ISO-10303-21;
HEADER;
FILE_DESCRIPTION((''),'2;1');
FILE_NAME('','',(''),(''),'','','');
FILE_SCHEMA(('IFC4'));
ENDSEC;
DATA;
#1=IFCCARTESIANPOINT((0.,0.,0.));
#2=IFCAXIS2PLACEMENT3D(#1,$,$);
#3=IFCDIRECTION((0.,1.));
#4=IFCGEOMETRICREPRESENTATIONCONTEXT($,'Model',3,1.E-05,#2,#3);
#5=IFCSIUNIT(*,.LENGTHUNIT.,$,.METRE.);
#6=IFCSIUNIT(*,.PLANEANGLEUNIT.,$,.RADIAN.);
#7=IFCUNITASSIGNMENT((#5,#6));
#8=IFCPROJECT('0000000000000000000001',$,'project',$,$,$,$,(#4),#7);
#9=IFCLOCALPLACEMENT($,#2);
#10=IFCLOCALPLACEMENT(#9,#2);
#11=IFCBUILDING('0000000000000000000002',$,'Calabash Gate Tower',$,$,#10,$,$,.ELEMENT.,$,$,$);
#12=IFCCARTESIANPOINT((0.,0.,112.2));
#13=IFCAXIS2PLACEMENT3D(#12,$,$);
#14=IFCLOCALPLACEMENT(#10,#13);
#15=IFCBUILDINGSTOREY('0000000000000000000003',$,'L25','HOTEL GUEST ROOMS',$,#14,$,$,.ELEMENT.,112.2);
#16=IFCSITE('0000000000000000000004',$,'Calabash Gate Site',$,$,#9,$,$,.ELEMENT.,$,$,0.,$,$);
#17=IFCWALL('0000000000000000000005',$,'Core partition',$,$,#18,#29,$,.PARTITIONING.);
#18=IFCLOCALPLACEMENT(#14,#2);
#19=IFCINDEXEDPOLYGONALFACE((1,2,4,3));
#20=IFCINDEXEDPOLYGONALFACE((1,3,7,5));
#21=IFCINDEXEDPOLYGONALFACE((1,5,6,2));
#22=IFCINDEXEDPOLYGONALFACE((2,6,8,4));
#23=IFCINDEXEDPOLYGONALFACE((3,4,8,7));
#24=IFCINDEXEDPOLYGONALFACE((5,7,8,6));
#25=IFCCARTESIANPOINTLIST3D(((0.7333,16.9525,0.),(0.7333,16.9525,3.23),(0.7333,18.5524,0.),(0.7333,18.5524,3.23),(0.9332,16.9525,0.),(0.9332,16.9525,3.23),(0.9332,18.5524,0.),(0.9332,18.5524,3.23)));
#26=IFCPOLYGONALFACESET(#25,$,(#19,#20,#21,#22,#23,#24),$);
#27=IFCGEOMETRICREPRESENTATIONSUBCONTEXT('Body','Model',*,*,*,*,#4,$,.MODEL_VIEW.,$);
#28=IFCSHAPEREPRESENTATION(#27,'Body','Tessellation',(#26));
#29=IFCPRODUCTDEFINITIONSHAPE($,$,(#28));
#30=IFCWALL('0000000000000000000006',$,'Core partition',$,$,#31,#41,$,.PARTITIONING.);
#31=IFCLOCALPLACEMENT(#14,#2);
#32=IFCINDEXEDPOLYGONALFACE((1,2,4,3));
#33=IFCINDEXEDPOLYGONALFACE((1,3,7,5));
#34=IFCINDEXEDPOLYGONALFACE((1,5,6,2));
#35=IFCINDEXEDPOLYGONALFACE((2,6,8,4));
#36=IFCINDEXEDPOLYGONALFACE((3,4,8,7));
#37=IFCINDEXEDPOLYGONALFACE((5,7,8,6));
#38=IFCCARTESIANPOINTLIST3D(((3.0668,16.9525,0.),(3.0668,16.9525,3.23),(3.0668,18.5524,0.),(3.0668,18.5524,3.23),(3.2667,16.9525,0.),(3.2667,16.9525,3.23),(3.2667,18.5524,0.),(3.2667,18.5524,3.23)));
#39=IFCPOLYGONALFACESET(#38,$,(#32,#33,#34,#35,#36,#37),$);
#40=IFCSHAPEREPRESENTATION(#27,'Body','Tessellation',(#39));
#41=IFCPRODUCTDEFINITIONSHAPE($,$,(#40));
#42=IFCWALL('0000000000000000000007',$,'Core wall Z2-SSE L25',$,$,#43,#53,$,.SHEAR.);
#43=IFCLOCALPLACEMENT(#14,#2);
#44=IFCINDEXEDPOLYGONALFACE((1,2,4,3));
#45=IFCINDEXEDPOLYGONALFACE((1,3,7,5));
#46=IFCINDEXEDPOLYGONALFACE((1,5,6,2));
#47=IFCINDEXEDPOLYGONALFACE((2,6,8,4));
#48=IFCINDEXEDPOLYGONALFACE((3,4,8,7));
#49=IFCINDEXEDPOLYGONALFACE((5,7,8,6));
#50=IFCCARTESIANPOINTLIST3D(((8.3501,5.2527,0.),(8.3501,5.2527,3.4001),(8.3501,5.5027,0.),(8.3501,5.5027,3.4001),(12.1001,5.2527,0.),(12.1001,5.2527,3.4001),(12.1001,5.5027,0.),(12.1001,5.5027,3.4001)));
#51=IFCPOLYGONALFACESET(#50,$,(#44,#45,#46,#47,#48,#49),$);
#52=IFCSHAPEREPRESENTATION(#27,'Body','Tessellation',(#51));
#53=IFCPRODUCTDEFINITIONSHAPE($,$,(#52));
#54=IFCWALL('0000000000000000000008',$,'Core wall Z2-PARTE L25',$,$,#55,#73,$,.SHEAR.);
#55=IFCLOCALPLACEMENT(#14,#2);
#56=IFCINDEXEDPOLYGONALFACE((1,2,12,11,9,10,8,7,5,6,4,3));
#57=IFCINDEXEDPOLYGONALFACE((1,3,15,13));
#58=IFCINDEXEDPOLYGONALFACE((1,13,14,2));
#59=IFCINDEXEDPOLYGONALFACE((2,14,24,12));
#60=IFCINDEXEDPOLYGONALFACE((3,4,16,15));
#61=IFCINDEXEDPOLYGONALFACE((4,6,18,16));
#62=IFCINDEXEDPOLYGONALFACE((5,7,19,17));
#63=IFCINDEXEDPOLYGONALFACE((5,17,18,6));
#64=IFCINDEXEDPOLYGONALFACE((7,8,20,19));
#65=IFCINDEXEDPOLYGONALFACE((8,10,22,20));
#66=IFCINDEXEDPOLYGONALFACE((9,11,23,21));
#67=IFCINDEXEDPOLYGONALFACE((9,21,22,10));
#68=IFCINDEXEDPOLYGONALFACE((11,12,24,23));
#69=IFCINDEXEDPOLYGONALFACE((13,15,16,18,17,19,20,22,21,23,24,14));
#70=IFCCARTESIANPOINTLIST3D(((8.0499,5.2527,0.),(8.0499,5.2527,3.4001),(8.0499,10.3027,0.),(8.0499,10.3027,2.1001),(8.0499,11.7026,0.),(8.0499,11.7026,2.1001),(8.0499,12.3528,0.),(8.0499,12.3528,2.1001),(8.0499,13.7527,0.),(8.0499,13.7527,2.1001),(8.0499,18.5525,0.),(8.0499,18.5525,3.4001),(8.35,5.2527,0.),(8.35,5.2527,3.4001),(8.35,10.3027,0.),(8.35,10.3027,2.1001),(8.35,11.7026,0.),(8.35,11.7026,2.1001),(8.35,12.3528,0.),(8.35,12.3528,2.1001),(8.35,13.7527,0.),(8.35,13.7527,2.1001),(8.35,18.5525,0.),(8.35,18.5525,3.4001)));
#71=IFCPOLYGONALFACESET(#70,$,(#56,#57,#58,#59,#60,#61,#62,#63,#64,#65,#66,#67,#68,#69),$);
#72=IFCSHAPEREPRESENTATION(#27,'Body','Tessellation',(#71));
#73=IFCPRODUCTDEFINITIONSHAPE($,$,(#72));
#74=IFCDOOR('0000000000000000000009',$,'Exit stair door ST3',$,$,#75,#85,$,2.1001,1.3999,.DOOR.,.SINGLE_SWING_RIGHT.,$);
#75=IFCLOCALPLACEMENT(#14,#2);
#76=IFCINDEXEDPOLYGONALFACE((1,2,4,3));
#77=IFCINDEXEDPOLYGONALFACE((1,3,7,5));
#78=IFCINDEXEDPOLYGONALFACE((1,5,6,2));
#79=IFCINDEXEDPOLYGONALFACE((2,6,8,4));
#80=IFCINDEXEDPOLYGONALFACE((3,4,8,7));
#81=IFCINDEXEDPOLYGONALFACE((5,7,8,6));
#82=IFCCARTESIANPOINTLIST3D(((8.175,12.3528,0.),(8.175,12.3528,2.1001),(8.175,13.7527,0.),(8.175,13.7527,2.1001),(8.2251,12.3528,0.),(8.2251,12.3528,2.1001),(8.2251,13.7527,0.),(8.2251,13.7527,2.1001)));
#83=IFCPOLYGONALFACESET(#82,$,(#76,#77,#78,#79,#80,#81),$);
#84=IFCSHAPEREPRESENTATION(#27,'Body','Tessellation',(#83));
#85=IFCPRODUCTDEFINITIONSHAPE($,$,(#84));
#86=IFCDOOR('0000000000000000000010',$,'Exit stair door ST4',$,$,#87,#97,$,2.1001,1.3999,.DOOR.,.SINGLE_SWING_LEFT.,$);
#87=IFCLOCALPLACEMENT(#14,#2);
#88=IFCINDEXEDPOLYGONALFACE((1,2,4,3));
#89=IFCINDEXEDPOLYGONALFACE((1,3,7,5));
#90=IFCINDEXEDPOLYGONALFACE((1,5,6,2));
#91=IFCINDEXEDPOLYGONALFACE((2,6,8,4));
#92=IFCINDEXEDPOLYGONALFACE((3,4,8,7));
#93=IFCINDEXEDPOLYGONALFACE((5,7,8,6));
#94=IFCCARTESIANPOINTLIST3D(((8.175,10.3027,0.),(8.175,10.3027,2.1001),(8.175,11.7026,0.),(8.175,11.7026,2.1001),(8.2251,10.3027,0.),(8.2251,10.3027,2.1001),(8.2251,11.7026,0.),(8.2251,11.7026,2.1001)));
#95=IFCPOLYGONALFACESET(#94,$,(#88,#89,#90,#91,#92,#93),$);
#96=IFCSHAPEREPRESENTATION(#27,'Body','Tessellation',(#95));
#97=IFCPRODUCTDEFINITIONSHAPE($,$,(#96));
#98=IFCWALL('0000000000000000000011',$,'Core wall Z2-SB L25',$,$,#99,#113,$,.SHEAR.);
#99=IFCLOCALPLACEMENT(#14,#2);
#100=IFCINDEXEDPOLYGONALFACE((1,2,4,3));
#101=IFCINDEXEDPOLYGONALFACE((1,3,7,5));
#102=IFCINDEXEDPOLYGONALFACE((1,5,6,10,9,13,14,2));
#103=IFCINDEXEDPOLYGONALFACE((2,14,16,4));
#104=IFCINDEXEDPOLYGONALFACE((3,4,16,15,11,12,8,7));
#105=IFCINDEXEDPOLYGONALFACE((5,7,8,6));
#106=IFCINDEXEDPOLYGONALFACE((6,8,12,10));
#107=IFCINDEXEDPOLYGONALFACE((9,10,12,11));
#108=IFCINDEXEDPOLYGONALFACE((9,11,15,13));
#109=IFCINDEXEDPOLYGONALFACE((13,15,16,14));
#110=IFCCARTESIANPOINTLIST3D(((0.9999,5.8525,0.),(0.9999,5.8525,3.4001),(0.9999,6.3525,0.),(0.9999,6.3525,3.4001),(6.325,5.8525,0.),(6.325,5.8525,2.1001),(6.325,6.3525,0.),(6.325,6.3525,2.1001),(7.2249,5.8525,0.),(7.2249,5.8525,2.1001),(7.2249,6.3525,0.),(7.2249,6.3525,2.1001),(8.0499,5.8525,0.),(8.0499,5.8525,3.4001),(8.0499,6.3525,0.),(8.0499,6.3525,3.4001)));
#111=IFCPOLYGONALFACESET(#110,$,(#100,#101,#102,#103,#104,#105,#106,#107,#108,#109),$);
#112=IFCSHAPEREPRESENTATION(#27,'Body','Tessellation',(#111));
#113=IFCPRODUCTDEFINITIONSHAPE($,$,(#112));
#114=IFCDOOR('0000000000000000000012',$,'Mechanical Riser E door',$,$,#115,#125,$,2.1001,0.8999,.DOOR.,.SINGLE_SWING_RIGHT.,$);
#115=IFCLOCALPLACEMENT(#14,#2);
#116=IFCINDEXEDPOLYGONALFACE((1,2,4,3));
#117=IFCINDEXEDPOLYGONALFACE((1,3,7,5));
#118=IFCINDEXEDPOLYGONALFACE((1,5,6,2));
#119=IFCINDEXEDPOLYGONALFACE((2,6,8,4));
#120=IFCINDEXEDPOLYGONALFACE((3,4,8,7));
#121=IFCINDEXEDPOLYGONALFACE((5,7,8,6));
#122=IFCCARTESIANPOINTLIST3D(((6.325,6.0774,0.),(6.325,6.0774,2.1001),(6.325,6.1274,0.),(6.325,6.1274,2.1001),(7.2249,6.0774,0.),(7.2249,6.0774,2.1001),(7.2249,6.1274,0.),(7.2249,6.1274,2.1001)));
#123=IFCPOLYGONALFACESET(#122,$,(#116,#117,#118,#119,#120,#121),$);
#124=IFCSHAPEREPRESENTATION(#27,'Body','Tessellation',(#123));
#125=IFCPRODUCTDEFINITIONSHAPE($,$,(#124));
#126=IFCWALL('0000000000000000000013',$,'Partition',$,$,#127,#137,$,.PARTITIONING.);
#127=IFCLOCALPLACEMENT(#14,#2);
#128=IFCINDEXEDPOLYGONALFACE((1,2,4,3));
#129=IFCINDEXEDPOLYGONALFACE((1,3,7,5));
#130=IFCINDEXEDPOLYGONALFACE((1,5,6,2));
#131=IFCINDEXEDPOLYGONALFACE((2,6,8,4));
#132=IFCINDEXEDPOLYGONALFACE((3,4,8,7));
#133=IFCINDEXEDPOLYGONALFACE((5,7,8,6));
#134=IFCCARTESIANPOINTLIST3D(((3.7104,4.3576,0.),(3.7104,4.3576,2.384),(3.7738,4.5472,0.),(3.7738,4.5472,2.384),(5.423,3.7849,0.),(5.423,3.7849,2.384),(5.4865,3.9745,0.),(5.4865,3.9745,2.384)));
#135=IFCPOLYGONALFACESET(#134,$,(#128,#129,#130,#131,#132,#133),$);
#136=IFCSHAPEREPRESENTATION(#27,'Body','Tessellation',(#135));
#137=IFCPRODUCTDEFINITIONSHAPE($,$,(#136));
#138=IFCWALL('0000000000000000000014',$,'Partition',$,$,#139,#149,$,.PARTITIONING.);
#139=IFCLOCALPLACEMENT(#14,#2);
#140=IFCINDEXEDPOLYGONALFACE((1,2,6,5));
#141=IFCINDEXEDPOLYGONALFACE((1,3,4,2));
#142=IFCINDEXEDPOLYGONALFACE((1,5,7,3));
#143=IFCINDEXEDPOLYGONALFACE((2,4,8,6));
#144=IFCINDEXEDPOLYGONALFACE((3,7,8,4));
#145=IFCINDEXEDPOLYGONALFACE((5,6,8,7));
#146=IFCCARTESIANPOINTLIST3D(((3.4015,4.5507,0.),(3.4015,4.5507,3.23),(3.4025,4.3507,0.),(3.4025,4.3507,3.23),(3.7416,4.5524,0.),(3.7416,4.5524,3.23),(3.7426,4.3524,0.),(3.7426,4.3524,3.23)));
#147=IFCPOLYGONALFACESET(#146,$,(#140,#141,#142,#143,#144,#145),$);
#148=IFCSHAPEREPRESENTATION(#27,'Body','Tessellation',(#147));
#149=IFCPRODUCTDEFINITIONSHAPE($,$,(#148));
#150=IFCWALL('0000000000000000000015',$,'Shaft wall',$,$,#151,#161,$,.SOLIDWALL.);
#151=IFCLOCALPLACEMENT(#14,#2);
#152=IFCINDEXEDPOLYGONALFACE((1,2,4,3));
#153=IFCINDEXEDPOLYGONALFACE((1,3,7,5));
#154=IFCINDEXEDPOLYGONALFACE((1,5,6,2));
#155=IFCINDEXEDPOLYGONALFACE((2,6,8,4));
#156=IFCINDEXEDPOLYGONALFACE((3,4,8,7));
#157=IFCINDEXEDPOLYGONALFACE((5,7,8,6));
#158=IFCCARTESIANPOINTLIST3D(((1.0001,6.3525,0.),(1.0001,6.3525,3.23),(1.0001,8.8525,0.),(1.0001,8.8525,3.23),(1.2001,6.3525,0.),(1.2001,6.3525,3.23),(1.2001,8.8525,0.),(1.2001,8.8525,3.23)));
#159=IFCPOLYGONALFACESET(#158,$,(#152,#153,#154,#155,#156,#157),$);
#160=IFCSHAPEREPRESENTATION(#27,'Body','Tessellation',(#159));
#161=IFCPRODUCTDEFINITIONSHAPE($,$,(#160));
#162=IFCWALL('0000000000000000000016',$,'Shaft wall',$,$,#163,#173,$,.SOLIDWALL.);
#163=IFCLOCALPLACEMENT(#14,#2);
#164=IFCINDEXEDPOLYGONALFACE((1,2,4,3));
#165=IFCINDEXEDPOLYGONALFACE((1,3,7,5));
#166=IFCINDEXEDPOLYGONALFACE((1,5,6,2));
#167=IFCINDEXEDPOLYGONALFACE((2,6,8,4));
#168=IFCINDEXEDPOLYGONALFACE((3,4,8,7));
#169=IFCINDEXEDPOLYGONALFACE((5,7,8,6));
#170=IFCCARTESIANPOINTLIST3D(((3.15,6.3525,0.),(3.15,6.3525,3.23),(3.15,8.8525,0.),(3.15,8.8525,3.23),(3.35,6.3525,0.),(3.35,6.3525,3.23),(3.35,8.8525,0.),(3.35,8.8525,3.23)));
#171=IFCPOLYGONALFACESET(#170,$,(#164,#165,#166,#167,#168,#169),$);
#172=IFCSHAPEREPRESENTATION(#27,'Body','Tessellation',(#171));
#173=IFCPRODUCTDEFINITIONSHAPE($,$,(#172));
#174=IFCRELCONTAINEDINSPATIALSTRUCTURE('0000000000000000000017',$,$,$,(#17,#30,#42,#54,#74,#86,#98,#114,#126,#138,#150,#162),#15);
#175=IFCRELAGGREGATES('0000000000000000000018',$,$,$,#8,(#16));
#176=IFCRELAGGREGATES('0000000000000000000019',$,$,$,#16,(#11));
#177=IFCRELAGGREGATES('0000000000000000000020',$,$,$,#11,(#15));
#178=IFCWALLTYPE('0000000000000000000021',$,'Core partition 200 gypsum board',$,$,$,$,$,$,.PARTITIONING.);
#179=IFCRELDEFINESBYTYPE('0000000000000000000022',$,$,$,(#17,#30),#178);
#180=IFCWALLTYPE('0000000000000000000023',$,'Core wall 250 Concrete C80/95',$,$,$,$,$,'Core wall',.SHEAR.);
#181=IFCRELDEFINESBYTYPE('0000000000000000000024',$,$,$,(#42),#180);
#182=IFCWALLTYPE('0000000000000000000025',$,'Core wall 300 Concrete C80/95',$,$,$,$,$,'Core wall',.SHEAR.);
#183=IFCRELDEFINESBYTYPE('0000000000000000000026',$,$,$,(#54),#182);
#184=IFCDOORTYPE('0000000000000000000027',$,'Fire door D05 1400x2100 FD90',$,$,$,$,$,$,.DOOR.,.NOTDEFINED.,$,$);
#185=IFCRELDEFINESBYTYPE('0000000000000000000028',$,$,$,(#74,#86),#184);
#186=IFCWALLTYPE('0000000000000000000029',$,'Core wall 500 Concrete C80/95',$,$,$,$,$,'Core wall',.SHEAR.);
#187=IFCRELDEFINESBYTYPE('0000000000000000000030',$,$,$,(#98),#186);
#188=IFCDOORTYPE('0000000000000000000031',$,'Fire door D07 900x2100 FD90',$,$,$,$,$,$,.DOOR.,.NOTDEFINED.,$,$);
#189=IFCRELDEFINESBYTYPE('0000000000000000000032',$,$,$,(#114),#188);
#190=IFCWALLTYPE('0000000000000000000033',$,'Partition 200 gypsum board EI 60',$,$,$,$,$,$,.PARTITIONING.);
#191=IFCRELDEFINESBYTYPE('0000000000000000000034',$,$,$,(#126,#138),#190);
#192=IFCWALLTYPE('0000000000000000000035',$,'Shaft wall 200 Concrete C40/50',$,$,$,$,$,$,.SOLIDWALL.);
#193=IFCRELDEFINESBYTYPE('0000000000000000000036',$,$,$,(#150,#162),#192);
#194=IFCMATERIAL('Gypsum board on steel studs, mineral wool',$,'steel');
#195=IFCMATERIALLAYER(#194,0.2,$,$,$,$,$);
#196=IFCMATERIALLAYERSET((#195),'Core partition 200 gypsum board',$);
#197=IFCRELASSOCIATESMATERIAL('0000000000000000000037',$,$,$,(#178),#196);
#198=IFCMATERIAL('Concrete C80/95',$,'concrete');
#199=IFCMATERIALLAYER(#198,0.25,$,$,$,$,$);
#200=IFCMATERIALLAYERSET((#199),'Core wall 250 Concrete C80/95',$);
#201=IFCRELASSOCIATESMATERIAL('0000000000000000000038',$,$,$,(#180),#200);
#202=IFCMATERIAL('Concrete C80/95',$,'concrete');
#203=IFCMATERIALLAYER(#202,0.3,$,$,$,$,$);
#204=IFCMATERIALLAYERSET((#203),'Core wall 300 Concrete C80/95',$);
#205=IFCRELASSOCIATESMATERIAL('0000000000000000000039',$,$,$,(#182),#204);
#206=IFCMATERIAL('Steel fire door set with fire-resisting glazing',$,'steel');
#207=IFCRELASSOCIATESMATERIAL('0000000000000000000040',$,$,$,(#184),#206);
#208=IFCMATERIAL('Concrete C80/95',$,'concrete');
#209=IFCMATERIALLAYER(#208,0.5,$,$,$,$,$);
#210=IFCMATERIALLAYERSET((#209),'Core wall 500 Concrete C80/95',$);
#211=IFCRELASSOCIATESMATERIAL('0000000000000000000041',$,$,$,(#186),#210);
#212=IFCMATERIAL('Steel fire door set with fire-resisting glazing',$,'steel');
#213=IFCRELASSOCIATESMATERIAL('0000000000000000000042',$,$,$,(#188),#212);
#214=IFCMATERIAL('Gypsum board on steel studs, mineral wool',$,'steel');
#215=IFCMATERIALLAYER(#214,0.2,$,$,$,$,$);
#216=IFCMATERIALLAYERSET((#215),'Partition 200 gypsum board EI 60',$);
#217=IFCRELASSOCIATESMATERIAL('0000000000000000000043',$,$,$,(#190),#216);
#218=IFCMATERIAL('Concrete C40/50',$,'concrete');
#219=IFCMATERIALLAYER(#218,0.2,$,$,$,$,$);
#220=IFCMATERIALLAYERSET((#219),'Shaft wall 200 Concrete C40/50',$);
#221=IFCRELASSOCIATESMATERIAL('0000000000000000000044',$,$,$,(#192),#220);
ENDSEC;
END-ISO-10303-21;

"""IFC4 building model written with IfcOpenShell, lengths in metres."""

from ifc_helpers import new_model, si_unit, direction, frame, frame_2d, origin, place, context, subcontext, project, spatial, rectangle, extrude, material, layer, layer_set, type_object, element, fill, save


model = new_model("IFC4")

# Units and contexts
model_context = context("Model", 3, precision=1e-05, world=origin(), true_north=direction((0.0, 1.0)))
body_context = subcontext(model_context, "Body", "Model", "MODEL_VIEW")
ifc_project = project(units=[si_unit("LENGTHUNIT", "METRE"), si_unit("PLANEANGLEUNIT", "RADIAN")], contexts=[model_context])

# Site, building, storey
site_placement = place(None, origin())
site = spatial("IfcSite", under=ifc_project, at=site_placement, Name="Calabash Gate Site", CompositionType="ELEMENT", RefElevation=0.0)
building_placement = place(site_placement, origin())
building = spatial("IfcBuilding", under=site, at=building_placement, Name="Calabash Gate Tower", CompositionType="ELEMENT")
storey_placement = place(building_placement, frame((0.0, 0.0, 112.2)))
storey = spatial("IfcBuildingStorey", under=building, at=storey_placement, Name="L25", Description="HOTEL GUEST ROOMS", CompositionType="ELEMENT", Elevation=112.2)

# Walls
ifc_material_1 = material(Name="Gypsum board on steel studs, mineral wool", Category="steel")
ifc_layer_1 = layer(ifc_material_1, 0.2)
ifc_layer_set_1 = layer_set([ifc_layer_1], Name="Core partition 200 gypsum board")
wall_type_1 = type_object("IfcWallType", Name="Core partition 200 gypsum board", PredefinedType="PARTITIONING", material=ifc_layer_set_1)
for number, where, z_axis, x_axis, name in (
    (1, (0.8333, 16.9526, 0.0), (0.0, 0.0, 1.0), (0.0, 1.0, 0.0), "Core partition"),
    (2, (3.1667, 16.9526, 0.0), (0.0, 0.0, 1.0), (0.0, 1.0, 0.0), "Core partition"),
):
    element("IfcWall", number, at=place(storey_placement, frame(where, z_axis=z_axis, x_axis=x_axis)), inside=storey, type_object=wall_type_1, Name=name, PredefinedType="PARTITIONING", context=body_context, shape_type="SweptSolid", body=[
        extrude(rectangle(XDim=1.5999, YDim=0.2, at=frame_2d((0.7998, 0.0))), origin(), (0.0, 0.0, 1.0), 3.23),
    ])
ifc_material_2 = material(Name="Concrete C80/95", Category="concrete")
ifc_layer_2 = layer(ifc_material_2, 0.25)
ifc_layer_set_2 = layer_set([ifc_layer_2], Name="Core wall 250 Concrete C80/95")
wall_type_2 = type_object("IfcWallType", Name="Core wall 250 Concrete C80/95", ElementType="Core wall", PredefinedType="SHEAR", material=ifc_layer_set_2)
wall_1_placement = place(storey_placement, frame((8.3501, 5.3777, 0.0), z_axis=(0.0, 0.0, 1.0), x_axis=(1.0, 0.0, 0.0)))
element("IfcWall", 3, at=wall_1_placement, inside=storey, type_object=wall_type_2, Name="Core wall Z2-SSE L25", PredefinedType="SHEAR", context=body_context, shape_type="SweptSolid", body=[
    extrude(rectangle(XDim=3.75, YDim=0.25, at=frame_2d((1.875, 0.0))), origin(), (0.0, 0.0, 1.0), 3.4001),
])

# Wall, openings, doors
ifc_material_3 = material(Name="Concrete C80/95", Category="concrete")
ifc_layer_3 = layer(ifc_material_3, 0.3)
ifc_layer_set_3 = layer_set([ifc_layer_3], Name="Core wall 300 Concrete C80/95")
wall_type_3 = type_object("IfcWallType", Name="Core wall 300 Concrete C80/95", ElementType="Core wall", PredefinedType="SHEAR", material=ifc_layer_set_3)
wall_2_placement = place(storey_placement, frame((8.2, 5.2527, 0.0), z_axis=(0.0, 0.0, 1.0), x_axis=(0.0, 1.0, 0.0)))
wall_2 = element("IfcWall", 4, at=wall_2_placement, inside=storey, type_object=wall_type_3, Name="Core wall Z2-PARTE L25", PredefinedType="SHEAR", context=body_context, shape_type="SweptSolid", body=[
    extrude(rectangle(XDim=13.2998, YDim=0.3, at=frame_2d((6.6499, 0.0))), origin(), (0.0, 0.0, 1.0), 3.4001),
])
opening_1_placement = place(wall_2_placement, frame((7.1001, 0.0, 0.0)))
opening_1 = element("IfcOpeningElement", 5, at=opening_1_placement, cuts=wall_2, PredefinedType="OPENING", context=body_context, shape_type="SweptSolid", body=[
    extrude(rectangle(XDim=1.3999, YDim=2.1001, at=frame_2d((0.7, 1.05))), frame((0.0, 0.1599, 0.0), z_axis=(0.0, -1.0, 0.0), x_axis=(1.0, 0.0, 0.0)), (0.0, 0.0, 1.0), 0.3201),
])
opening_2_placement = place(wall_2_placement, frame((5.05, 0.0, 0.0)))
opening_2 = element("IfcOpeningElement", 6, at=opening_2_placement, cuts=wall_2, PredefinedType="OPENING", context=body_context, shape_type="SweptSolid", body=[
    extrude(rectangle(XDim=1.3999, YDim=2.1001, at=frame_2d((0.7, 1.05))), frame((0.0, 0.1599, 0.0), z_axis=(0.0, -1.0, 0.0), x_axis=(1.0, 0.0, 0.0)), (0.0, 0.0, 1.0), 0.3201),
])
ifc_material_4 = material(Name="Steel fire door set with fire-resisting glazing", Category="steel")
door_type_1 = type_object("IfcDoorType", Name="Fire door D05 1400x2100 FD90", OperationType="NOTDEFINED", PredefinedType="DOOR", material=ifc_material_4)
door_1_placement = place(opening_1_placement, origin())
door_1 = element("IfcDoor", 7, at=door_1_placement, inside=storey, type_object=door_type_1, Name="Exit stair door ST3", OperationType="SINGLE_SWING_RIGHT", OverallHeight=2.1001, OverallWidth=1.3999, PredefinedType="DOOR", context=body_context, shape_type="SweptSolid", body=[
    extrude(rectangle(XDim=1.3999, YDim=2.1001, at=frame_2d((0.7, 1.05))), frame((0.0, 0.0249, 0.0), z_axis=(0.0, -1.0, 0.0), x_axis=(1.0, 0.0, 0.0)), (0.0, 0.0, 1.0), 0.05),
])
fill(opening_1, door_1)
door_2_placement = place(opening_2_placement, origin())
door_2 = element("IfcDoor", 8, at=door_2_placement, inside=storey, type_object=door_type_1, Name="Exit stair door ST4", OperationType="SINGLE_SWING_LEFT", OverallHeight=2.1001, OverallWidth=1.3999, PredefinedType="DOOR", context=body_context, shape_type="SweptSolid", body=[
    extrude(rectangle(XDim=1.3999, YDim=2.1001, at=frame_2d((0.7, 1.05))), frame((0.0, 0.0249, 0.0), z_axis=(0.0, -1.0, 0.0), x_axis=(1.0, 0.0, 0.0)), (0.0, 0.0, 1.0), 0.05),
])
fill(opening_2, door_2)

# Wall, opening, door
ifc_material_5 = material(Name="Concrete C80/95", Category="concrete")
ifc_layer_4 = layer(ifc_material_5, 0.5)
ifc_layer_set_4 = layer_set([ifc_layer_4], Name="Core wall 500 Concrete C80/95")
wall_type_4 = type_object("IfcWallType", Name="Core wall 500 Concrete C80/95", ElementType="Core wall", PredefinedType="SHEAR", material=ifc_layer_set_4)
wall_3_placement = place(storey_placement, frame((1.0, 6.1025, 0.0), z_axis=(0.0, 0.0, 1.0), x_axis=(1.0, 0.0, 0.0)))
wall_3 = element("IfcWall", 9, at=wall_3_placement, inside=storey, type_object=wall_type_4, Name="Core wall Z2-SB L25", PredefinedType="SHEAR", context=body_context, shape_type="SweptSolid", body=[
    extrude(rectangle(XDim=7.05, YDim=0.5, at=frame_2d((3.5249, 0.0))), origin(), (0.0, 0.0, 1.0), 3.4001),
])
opening_3_placement = place(wall_3_placement, frame((5.325, 0.0, 0.0)))
opening_3 = element("IfcOpeningElement", 10, at=opening_3_placement, cuts=wall_3, PredefinedType="OPENING", context=body_context, shape_type="SweptSolid", body=[
    extrude(rectangle(XDim=0.8999, YDim=2.1001, at=frame_2d((0.45, 1.05))), frame((0.0, 0.26, 0.0), z_axis=(0.0, -1.0, 0.0), x_axis=(1.0, 0.0, 0.0)), (0.0, 0.0, 1.0), 0.52),
])
ifc_material_6 = material(Name="Steel fire door set with fire-resisting glazing", Category="steel")
door_type_2 = type_object("IfcDoorType", Name="Fire door D07 900x2100 FD90", OperationType="NOTDEFINED", PredefinedType="DOOR", material=ifc_material_6)
door_3_placement = place(opening_3_placement, origin())
door_3 = element("IfcDoor", 11, at=door_3_placement, inside=storey, type_object=door_type_2, Name="Mechanical Riser E door", OperationType="SINGLE_SWING_RIGHT", OverallHeight=2.1001, OverallWidth=0.8999, PredefinedType="DOOR", context=body_context, shape_type="SweptSolid", body=[
    extrude(rectangle(XDim=0.8999, YDim=2.1001, at=frame_2d((0.45, 1.05))), frame((0.0, 0.0249, 0.0), z_axis=(0.0, -1.0, 0.0), x_axis=(1.0, 0.0, 0.0)), (0.0, 0.0, 1.0), 0.05),
])
fill(opening_3, door_3)

# Walls
ifc_material_7 = material(Name="Gypsum board on steel studs, mineral wool", Category="steel")
ifc_layer_5 = layer(ifc_material_7, 0.2)
ifc_layer_set_5 = layer_set([ifc_layer_5], Name="Partition 200 gypsum board EI 60")
wall_type_5 = type_object("IfcWallType", Name="Partition 200 gypsum board EI 60", PredefinedType="PARTITIONING", material=ifc_layer_set_5)
wall_4_placement = place(storey_placement, frame((3.7422, 4.4524, 0.0), z_axis=(0.0, 0.0, 1.0), x_axis=(0.948372, -0.31716, 0.0)))
element("IfcWall", 12, at=wall_4_placement, inside=storey, type_object=wall_type_5, Name="Partition", PredefinedType="PARTITIONING", context=body_context, shape_type="SweptSolid", body=[
    extrude(rectangle(XDim=1.8059, YDim=0.2, at=frame_2d((0.9028, 0.0))), origin(), (0.0, 0.0, 1.0), 2.384),
])
wall_5_placement = place(storey_placement, frame((3.4021, 4.4507, 0.0), z_axis=(0.0, 0.0, 1.0), x_axis=(0.999987, 0.005025, 0.0)))
element("IfcWall", 13, at=wall_5_placement, inside=storey, type_object=wall_type_5, Name="Partition", PredefinedType="PARTITIONING", context=body_context, shape_type="SweptSolid", body=[
    extrude(rectangle(XDim=0.3401, YDim=0.2, at=frame_2d((0.1699, 0.0))), origin(), (0.0, 0.0, 1.0), 3.23),
])
ifc_material_8 = material(Name="Concrete C40/50", Category="concrete")
ifc_layer_6 = layer(ifc_material_8, 0.2)
ifc_layer_set_6 = layer_set([ifc_layer_6], Name="Shaft wall 200 Concrete C40/50")
wall_type_6 = type_object("IfcWallType", Name="Shaft wall 200 Concrete C40/50", PredefinedType="SOLIDWALL", material=ifc_layer_set_6)
for number, where, z_axis, x_axis, name in (
    (14, (1.1001, 6.3525, 0.0), (0.0, 0.0, 1.0), (0.0, 1.0, 0.0), "Shaft wall"),
    (15, (3.25, 6.3525, 0.0), (0.0, 0.0, 1.0), (0.0, 1.0, 0.0), "Shaft wall"),
):
    element("IfcWall", number, at=place(storey_placement, frame(where, z_axis=z_axis, x_axis=x_axis)), inside=storey, type_object=wall_type_6, Name=name, PredefinedType="SOLIDWALL", context=body_context, shape_type="SweptSolid", body=[
        extrude(rectangle(XDim=2.5, YDim=0.2, at=frame_2d((1.25, 0.0))), origin(), (0.0, 0.0, 1.0), 3.23),
    ])

save(model, "model.ifc")
